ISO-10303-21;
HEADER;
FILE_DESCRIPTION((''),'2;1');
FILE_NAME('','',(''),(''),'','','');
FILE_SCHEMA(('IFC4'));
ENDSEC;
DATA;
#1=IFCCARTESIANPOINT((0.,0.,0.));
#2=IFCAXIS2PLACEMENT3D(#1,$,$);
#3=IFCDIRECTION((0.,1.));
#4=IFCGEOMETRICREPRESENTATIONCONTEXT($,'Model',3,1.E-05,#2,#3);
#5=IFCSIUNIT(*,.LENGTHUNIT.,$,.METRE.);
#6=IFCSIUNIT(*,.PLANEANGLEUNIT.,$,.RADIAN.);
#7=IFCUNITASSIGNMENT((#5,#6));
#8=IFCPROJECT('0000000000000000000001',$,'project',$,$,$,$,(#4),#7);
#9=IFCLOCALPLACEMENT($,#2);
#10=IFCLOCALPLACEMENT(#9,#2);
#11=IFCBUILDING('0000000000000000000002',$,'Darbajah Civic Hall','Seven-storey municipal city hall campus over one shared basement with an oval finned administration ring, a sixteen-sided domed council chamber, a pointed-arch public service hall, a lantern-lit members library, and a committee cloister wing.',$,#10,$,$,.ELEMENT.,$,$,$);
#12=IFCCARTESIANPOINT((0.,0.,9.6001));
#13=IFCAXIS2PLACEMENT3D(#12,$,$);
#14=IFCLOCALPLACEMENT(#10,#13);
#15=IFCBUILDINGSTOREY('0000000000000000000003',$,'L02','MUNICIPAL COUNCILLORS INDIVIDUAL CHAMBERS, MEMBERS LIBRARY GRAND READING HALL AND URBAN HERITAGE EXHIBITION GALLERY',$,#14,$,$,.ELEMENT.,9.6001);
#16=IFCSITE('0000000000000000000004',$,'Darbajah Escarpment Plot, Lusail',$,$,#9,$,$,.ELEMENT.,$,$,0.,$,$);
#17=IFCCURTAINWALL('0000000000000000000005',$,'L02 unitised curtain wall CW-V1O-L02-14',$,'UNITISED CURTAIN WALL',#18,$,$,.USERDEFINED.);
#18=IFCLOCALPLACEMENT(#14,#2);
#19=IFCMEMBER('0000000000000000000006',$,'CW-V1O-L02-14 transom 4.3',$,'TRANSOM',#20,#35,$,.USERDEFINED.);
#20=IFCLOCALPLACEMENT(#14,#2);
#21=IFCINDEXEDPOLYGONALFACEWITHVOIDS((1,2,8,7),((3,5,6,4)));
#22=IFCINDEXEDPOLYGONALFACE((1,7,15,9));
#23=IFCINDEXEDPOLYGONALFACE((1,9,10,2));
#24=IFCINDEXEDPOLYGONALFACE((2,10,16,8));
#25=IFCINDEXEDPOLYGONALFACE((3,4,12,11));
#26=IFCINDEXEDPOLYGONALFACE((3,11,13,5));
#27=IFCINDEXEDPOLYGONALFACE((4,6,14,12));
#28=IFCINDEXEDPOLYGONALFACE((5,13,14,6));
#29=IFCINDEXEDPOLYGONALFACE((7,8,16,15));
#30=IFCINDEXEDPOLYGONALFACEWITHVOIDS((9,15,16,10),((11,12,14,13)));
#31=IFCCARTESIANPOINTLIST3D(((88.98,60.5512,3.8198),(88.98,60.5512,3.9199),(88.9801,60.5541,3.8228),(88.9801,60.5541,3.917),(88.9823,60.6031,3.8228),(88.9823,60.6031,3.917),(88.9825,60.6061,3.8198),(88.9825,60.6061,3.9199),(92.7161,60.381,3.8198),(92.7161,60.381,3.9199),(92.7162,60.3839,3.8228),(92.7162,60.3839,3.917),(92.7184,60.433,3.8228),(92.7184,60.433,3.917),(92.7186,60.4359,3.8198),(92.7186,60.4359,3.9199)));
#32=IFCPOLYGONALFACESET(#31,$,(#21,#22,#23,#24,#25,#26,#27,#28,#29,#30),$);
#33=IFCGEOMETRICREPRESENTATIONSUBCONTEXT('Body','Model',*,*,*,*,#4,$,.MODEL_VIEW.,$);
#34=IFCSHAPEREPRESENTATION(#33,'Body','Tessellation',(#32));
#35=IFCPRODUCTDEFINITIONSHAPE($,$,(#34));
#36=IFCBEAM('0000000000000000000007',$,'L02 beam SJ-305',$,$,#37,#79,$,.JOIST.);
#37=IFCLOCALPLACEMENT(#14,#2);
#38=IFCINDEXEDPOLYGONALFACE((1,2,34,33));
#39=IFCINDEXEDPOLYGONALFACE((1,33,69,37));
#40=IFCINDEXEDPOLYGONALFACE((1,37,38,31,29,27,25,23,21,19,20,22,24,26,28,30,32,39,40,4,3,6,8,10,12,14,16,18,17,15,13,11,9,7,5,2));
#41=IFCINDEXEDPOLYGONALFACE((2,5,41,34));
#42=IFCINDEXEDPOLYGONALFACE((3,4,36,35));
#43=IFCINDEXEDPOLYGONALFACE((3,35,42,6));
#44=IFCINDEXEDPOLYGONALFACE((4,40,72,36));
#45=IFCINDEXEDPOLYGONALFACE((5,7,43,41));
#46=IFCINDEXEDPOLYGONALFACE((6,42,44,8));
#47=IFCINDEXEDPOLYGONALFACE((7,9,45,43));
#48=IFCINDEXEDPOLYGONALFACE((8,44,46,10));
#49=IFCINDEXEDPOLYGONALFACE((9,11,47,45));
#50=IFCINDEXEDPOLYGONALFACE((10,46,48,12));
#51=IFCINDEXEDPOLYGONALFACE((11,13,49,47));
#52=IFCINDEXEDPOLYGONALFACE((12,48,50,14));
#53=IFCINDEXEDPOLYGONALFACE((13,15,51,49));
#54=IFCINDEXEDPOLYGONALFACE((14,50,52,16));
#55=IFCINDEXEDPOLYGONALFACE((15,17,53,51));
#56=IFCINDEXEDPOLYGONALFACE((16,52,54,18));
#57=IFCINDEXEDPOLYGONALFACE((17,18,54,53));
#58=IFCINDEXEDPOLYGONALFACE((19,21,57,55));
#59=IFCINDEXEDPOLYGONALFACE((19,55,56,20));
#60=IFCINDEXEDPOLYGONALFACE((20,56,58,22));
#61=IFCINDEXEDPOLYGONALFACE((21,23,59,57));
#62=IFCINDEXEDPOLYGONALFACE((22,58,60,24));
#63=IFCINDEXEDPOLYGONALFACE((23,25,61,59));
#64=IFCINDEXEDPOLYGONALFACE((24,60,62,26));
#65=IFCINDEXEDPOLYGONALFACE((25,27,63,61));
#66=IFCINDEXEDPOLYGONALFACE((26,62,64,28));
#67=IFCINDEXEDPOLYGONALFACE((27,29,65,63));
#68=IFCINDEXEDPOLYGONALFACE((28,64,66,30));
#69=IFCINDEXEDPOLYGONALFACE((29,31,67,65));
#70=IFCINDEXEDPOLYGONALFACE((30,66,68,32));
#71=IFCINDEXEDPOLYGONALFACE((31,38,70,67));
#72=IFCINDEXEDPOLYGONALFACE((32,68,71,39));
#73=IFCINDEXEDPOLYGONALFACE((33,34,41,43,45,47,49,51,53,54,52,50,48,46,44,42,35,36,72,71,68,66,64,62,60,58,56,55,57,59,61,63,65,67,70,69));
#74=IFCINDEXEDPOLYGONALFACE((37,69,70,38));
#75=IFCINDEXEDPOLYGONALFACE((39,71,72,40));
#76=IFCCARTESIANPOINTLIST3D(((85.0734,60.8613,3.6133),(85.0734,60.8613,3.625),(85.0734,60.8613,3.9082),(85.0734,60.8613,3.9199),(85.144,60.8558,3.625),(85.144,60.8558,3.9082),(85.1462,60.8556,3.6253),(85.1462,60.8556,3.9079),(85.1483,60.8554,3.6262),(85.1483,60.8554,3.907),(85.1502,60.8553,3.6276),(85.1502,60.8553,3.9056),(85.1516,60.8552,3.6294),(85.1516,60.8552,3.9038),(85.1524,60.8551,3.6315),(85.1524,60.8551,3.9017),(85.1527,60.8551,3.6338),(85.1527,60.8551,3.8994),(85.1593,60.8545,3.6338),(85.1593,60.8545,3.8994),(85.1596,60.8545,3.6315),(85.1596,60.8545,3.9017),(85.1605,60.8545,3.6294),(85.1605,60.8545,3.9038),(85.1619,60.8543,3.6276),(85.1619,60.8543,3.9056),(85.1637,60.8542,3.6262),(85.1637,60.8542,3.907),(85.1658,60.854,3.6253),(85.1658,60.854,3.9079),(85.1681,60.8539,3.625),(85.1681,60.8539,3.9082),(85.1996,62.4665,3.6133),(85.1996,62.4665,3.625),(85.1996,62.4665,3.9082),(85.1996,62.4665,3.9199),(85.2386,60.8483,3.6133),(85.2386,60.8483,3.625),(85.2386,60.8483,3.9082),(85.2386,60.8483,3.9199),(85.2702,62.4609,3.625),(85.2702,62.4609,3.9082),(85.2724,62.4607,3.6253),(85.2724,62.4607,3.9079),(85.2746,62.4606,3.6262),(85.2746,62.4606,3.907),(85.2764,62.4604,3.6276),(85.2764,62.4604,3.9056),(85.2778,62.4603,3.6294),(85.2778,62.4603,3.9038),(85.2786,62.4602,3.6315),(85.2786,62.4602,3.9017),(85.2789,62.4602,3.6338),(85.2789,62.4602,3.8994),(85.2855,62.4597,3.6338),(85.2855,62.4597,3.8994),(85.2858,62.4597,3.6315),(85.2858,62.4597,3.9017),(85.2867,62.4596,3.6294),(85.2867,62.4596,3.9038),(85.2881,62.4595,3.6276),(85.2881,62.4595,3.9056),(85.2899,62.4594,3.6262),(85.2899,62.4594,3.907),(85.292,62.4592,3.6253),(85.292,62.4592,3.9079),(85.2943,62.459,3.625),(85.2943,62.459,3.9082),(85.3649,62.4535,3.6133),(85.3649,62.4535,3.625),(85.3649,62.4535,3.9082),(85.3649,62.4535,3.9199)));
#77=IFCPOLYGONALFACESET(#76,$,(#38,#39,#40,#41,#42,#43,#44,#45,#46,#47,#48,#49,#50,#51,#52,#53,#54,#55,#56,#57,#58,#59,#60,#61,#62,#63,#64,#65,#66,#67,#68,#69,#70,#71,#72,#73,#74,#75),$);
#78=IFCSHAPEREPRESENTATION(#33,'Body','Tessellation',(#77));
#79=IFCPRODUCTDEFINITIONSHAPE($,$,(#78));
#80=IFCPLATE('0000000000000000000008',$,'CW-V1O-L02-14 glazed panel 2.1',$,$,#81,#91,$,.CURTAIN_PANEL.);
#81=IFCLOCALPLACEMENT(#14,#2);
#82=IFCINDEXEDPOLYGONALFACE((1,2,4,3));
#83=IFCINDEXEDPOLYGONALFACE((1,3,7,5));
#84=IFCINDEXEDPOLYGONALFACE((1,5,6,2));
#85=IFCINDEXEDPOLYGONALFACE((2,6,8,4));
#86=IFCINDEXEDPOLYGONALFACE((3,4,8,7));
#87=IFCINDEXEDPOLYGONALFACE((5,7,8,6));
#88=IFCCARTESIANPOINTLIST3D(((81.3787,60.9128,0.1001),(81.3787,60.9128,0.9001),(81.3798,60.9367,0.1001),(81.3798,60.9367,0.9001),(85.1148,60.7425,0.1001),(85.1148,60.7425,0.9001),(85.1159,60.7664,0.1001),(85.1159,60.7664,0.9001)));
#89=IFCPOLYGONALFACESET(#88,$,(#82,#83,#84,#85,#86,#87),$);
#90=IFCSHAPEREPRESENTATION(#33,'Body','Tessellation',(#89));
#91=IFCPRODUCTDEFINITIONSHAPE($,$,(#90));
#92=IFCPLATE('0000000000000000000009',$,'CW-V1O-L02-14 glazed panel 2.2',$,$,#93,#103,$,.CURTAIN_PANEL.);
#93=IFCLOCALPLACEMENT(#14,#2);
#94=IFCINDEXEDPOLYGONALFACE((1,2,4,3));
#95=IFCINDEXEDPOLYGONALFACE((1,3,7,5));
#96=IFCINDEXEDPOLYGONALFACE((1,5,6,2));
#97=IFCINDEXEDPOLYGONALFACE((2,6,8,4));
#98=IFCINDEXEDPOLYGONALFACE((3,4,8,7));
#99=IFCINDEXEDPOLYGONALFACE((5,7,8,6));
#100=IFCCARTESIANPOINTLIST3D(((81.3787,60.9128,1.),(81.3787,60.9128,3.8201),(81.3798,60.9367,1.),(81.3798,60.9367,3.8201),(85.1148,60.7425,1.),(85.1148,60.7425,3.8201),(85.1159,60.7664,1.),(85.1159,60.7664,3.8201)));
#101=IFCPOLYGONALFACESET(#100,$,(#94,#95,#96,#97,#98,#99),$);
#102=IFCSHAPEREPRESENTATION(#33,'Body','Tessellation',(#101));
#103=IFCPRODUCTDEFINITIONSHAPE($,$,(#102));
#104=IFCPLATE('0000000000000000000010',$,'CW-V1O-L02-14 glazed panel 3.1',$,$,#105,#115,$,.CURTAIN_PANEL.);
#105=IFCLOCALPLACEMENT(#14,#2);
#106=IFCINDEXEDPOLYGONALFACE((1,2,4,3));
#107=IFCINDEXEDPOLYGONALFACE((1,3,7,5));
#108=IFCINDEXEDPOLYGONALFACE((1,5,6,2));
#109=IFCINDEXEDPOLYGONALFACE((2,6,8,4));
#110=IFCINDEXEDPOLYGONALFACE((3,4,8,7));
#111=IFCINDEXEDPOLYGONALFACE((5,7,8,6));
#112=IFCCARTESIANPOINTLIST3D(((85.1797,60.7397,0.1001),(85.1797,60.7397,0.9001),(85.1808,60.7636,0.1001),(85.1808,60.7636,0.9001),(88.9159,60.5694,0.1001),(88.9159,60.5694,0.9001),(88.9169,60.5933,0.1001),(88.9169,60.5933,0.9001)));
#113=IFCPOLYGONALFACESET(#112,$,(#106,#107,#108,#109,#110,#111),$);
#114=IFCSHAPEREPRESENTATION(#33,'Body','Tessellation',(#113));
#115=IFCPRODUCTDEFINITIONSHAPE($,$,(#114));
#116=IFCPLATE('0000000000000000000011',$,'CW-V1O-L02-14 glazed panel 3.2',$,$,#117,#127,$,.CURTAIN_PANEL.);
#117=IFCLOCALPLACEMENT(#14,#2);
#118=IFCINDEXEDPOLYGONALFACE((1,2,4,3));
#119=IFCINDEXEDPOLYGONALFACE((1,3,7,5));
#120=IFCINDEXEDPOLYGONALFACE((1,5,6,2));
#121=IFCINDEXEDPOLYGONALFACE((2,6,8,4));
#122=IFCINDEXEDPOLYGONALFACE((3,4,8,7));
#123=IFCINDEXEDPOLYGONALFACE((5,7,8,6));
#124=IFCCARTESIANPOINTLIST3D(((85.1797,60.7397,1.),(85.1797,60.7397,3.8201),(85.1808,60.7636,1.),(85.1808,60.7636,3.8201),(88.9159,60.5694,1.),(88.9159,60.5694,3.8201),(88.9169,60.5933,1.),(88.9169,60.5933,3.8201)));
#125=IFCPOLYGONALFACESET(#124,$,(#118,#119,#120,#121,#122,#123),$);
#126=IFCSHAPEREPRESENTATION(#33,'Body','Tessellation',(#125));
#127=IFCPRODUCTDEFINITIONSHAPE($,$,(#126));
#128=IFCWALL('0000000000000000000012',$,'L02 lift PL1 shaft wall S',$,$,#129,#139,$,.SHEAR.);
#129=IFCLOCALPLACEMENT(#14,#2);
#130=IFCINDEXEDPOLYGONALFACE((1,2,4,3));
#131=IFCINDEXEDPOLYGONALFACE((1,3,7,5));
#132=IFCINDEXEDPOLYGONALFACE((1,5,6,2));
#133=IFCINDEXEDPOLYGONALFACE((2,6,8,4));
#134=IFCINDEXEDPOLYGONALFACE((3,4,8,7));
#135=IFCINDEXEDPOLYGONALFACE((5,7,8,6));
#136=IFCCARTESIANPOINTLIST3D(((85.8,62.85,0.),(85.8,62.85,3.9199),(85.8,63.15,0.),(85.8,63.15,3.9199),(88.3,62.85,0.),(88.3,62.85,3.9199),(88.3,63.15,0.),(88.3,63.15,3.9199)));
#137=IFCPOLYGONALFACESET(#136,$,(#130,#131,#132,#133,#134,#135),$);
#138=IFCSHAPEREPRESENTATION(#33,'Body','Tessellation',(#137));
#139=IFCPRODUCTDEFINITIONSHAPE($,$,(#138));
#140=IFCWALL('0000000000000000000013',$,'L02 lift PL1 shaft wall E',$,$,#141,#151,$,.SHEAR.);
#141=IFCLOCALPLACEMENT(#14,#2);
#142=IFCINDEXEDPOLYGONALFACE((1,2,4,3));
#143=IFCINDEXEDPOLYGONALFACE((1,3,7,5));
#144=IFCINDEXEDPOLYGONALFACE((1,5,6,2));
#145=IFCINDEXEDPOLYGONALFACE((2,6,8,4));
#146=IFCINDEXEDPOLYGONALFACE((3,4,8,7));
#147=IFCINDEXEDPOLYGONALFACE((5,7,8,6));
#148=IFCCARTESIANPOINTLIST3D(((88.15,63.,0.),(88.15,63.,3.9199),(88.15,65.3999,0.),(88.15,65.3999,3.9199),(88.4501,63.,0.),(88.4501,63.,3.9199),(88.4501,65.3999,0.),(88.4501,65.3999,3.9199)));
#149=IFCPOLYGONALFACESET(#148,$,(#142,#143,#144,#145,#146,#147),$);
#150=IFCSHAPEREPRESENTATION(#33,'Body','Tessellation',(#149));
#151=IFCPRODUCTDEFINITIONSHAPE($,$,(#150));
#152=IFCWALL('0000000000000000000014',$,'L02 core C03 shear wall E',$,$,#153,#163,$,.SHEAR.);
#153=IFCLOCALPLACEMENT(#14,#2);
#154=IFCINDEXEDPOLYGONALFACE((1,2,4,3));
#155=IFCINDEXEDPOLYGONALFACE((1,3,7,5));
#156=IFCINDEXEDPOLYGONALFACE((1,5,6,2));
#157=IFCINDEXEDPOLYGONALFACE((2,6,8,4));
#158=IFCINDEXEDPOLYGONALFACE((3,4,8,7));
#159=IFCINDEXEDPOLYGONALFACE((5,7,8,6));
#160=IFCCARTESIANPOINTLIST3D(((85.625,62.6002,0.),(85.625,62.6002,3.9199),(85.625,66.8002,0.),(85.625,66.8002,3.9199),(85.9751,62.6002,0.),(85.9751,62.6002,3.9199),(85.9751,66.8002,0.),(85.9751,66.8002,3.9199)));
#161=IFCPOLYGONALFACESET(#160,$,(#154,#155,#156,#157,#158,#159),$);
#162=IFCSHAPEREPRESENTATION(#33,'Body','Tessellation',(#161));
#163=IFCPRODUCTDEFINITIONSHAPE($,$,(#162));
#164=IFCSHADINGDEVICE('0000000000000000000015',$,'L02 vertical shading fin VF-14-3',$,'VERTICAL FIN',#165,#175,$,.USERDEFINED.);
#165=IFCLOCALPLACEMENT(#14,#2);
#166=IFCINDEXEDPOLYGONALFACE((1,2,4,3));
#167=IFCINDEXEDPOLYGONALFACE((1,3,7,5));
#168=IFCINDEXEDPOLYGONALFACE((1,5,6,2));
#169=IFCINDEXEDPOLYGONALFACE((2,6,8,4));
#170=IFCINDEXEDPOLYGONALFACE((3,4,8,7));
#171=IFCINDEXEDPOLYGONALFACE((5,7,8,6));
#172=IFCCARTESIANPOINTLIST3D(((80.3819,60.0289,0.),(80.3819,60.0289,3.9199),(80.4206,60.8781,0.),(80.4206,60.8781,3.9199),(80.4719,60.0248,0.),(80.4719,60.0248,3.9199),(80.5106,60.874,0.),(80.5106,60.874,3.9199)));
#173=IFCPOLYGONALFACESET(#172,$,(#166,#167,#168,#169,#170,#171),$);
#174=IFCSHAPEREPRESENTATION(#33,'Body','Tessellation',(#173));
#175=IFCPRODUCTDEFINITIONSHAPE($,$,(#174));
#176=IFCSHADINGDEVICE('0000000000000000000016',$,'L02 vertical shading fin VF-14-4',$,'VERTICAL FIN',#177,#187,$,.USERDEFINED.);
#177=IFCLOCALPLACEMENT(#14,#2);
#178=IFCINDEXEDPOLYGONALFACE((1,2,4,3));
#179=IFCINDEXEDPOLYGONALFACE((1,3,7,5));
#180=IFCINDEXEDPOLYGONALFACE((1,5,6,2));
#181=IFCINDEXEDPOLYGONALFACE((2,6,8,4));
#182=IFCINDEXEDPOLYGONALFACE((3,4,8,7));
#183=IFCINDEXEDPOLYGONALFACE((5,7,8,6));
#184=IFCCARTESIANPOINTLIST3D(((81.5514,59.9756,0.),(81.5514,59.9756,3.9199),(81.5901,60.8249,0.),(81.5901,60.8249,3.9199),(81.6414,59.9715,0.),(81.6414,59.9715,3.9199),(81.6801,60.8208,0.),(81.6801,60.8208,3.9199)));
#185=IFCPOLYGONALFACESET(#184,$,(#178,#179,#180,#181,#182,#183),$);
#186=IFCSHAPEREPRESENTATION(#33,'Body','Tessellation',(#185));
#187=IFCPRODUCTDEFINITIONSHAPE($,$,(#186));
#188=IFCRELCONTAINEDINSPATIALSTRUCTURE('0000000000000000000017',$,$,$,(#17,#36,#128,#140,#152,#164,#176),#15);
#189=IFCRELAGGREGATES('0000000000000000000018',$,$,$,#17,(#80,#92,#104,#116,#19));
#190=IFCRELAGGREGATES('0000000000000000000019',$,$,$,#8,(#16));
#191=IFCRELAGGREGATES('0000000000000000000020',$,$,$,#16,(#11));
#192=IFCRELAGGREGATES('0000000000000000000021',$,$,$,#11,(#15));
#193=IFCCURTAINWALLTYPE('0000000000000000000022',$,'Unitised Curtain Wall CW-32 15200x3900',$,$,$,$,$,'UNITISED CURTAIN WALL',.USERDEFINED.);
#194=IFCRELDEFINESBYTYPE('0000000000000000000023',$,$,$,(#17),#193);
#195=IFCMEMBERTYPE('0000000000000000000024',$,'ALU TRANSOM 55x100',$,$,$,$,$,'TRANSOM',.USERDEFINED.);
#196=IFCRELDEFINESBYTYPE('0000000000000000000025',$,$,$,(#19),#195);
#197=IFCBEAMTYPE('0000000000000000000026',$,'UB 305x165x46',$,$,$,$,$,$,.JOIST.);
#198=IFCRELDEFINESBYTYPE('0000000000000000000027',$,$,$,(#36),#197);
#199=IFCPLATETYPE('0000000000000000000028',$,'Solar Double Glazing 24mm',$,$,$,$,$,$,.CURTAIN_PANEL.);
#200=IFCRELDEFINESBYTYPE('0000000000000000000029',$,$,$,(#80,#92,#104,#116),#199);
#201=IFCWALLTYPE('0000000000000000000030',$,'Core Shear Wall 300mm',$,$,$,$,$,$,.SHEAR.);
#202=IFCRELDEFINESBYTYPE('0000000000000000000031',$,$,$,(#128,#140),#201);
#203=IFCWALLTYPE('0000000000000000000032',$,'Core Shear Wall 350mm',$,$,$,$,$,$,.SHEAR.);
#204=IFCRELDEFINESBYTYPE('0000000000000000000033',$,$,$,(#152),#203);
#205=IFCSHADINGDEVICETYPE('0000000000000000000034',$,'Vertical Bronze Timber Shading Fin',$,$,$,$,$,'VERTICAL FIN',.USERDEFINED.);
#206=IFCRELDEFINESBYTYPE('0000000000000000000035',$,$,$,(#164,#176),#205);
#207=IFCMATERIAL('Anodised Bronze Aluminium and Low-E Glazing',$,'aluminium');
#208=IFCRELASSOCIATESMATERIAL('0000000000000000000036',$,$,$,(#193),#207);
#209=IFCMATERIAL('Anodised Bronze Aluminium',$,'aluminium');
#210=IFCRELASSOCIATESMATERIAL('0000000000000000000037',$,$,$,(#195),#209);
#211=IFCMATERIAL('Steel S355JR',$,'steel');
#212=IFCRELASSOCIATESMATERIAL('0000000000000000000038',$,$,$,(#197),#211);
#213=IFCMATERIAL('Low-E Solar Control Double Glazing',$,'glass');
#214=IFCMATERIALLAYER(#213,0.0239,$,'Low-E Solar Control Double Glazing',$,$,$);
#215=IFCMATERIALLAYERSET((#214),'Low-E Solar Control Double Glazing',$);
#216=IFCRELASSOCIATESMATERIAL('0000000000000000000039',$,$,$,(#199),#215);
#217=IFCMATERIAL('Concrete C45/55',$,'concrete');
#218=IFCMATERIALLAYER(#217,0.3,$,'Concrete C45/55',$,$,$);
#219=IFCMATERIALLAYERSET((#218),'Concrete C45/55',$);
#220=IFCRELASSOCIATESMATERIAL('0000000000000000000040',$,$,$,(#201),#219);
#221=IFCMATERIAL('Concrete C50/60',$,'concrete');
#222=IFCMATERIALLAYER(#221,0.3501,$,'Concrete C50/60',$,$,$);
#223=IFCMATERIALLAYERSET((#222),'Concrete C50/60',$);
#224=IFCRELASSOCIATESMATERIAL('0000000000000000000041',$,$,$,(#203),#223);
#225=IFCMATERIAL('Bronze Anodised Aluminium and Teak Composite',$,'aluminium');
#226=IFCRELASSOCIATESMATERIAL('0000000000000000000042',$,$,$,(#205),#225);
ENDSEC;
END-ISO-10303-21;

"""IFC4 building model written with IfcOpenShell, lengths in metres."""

from ifc_helpers import new_model, si_unit, direction, frame, frame_2d, origin, origin_2d, place, context, subcontext, project, spatial, rectangle, hollow_rectangle, i_section, extrude, material, layer, layer_set, material_profile, profile_set, type_object, element, aggregate, save


model = new_model("IFC4")

# Units and contexts
model_context = context("Model", 3, precision=1e-05, world=origin(), true_north=direction((0.0, 1.0)))
body_context = subcontext(model_context, "Body", "Model", "MODEL_VIEW")
ifc_project = project(units=[si_unit("LENGTHUNIT", "METRE"), si_unit("PLANEANGLEUNIT", "RADIAN")], contexts=[model_context])

# Site, building, storey
site_placement = place(None, origin())
site = spatial("IfcSite", under=ifc_project, at=site_placement, Name="Darbajah Escarpment Plot, Lusail", CompositionType="ELEMENT", RefElevation=0.0)
building_placement = place(site_placement, origin())
building = spatial("IfcBuilding", under=site, at=building_placement, Name="Darbajah Civic Hall", Description="Seven-storey municipal city hall campus over one shared basement with an oval finned administration ring, a sixteen-sided domed council chamber, a pointed-arch public service hall, a lantern-lit members library, and a committee cloister wing.", CompositionType="ELEMENT")
storey_placement = place(building_placement, frame((0.0, 0.0, 9.6001)))
storey = spatial("IfcBuildingStorey", under=building, at=storey_placement, Name="L02", Description="MUNICIPAL COUNCILLORS INDIVIDUAL CHAMBERS, MEMBERS LIBRARY GRAND READING HALL AND URBAN HERITAGE EXHIBITION GALLERY", CompositionType="ELEMENT", Elevation=9.6001)

# Curtain wall, member
ifc_material_1 = material(Name="Anodised Bronze Aluminium and Low-E Glazing", Category="aluminium")
curtain_wall_type = type_object("IfcCurtainWallType", Name="Unitised Curtain Wall CW-32 15200x3900", ElementType="UNITISED CURTAIN WALL", PredefinedType="USERDEFINED", material=ifc_material_1)
curtain_wall_placement = place(storey_placement, origin())
curtain_wall = element("IfcCurtainWall", 1, at=curtain_wall_placement, inside=storey, type_object=curtain_wall_type, Name="L02 unitised curtain wall CW-V1O-L02-14", ObjectType="UNITISED CURTAIN WALL", PredefinedType="USERDEFINED")
ifc_material_2 = material(Name="Anodised Bronze Aluminium", Category="aluminium")
ifc_material_profile_1 = material_profile(ifc_material_2, hollow_rectangle(XDim=0.0549, YDim=0.1001, WallThickness=0.0029, at=origin_2d()), Name="ALU TRANSOM 55x100")
ifc_profile_set_1 = profile_set([ifc_material_profile_1], Name="Anodised Bronze Aluminium")
member_type_1 = type_object("IfcMemberType", Name="ALU TRANSOM 55x100", ElementType="TRANSOM", PredefinedType="USERDEFINED", material=ifc_profile_set_1)
member_1_placement = place(storey_placement, frame((88.9812, 60.5786, 3.8699), z_axis=(0.998964, -0.045499, 0.0), x_axis=(0.045499, 0.998964, 0.0)))
member_1 = element("IfcMember", 2, at=member_1_placement, type_object=member_type_1, Name="CW-V1O-L02-14 transom 4.3", ObjectType="TRANSOM", PredefinedType="USERDEFINED", context=body_context, shape_type="SweptSolid", body=[
    extrude(hollow_rectangle(XDim=0.0549, YDim=0.1001, WallThickness=0.0029, at=origin_2d()), origin(), (0.0, 0.0, 1.0), 3.74),
])

# Beam
ifc_material_3 = material(Name="Steel S355JR", Category="steel")
ifc_material_profile_2 = material_profile(ifc_material_3, i_section(OverallWidth=0.1658, OverallDepth=0.3066, WebThickness=0.0066, FlangeThickness=0.0117, FilletRadius=0.0088, at=origin_2d()), Name="UB 305x165x46")
ifc_profile_set_2 = profile_set([ifc_material_profile_2], Name="Steel S355JR")
beam_type = type_object("IfcBeamType", Name="UB 305x165x46", PredefinedType="JOIST", material=ifc_profile_set_2)
beam_placement = place(storey_placement, frame((85.2822, 62.46, 3.7666), z_axis=(-0.078389, -0.996923, 0.0), x_axis=(0.996923, -0.078389, 0.0)))
element("IfcBeam", 3, at=beam_placement, inside=storey, type_object=beam_type, Name="L02 beam SJ-305", PredefinedType="JOIST", context=body_context, shape_type="SweptSolid", body=[
    extrude(i_section(OverallWidth=0.1658, OverallDepth=0.3066, WebThickness=0.0066, FlangeThickness=0.0117, FilletRadius=0.0088, at=origin_2d()), origin(), (0.0, 0.0, 1.0), 1.6101),
])

# Plates
ifc_material_4 = material(Name="Low-E Solar Control Double Glazing", Category="glass")
ifc_layer_1 = layer(ifc_material_4, 0.0239, Name="Low-E Solar Control Double Glazing")
ifc_layer_set_1 = layer_set([ifc_layer_1], Name="Low-E Solar Control Double Glazing")
plate_type = type_object("IfcPlateType", Name="Solar Double Glazing 24mm", PredefinedType="CURTAIN_PANEL", material=ifc_layer_set_1)
plate_1_placement = place(storey_placement, frame((83.2473, 60.8396, 0.1001), z_axis=(0.0, 0.0, 1.0), x_axis=(0.998963, -0.045537, 0.0)))
plate_1 = element("IfcPlate", 4, at=plate_1_placement, type_object=plate_type, Name="CW-V1O-L02-14 glazed panel 2.1", PredefinedType="CURTAIN_PANEL", context=body_context, shape_type="SweptSolid", body=[
    extrude(rectangle(XDim=3.74, YDim=0.0239, at=origin_2d()), origin(), (0.0, 0.0, 1.0), 0.8),
])
plate_2_placement = place(storey_placement, frame((83.2473, 60.8396, 1.0), z_axis=(0.0, 0.0, 1.0), x_axis=(0.998963, -0.045537, 0.0)))
plate_2 = element("IfcPlate", 5, at=plate_2_placement, type_object=plate_type, Name="CW-V1O-L02-14 glazed panel 2.2", PredefinedType="CURTAIN_PANEL", context=body_context, shape_type="SweptSolid", body=[
    extrude(rectangle(XDim=3.74, YDim=0.0239, at=origin_2d()), origin(), (0.0, 0.0, 1.0), 2.8201),
])
plate_3_placement = place(storey_placement, frame((87.0483, 60.6665, 0.1001), z_axis=(0.0, 0.0, 1.0), x_axis=(0.998963, -0.045537, 0.0)))
plate_3 = element("IfcPlate", 6, at=plate_3_placement, type_object=plate_type, Name="CW-V1O-L02-14 glazed panel 3.1", PredefinedType="CURTAIN_PANEL", context=body_context, shape_type="SweptSolid", body=[
    extrude(rectangle(XDim=3.74, YDim=0.0239, at=origin_2d()), origin(), (0.0, 0.0, 1.0), 0.8),
])
plate_4_placement = place(storey_placement, frame((87.0483, 60.6665, 1.0), z_axis=(0.0, 0.0, 1.0), x_axis=(0.998963, -0.045537, 0.0)))
plate_4 = element("IfcPlate", 7, at=plate_4_placement, type_object=plate_type, Name="CW-V1O-L02-14 glazed panel 3.2", PredefinedType="CURTAIN_PANEL", context=body_context, shape_type="SweptSolid", body=[
    extrude(rectangle(XDim=3.74, YDim=0.0239, at=origin_2d()), origin(), (0.0, 0.0, 1.0), 2.8201),
])
aggregate(curtain_wall, [plate_1, plate_2, plate_3, plate_4, member_1])

# Walls
ifc_material_5 = material(Name="Concrete C45/55", Category="concrete")
ifc_layer_2 = layer(ifc_material_5, 0.3, Name="Concrete C45/55")
ifc_layer_set_2 = layer_set([ifc_layer_2], Name="Concrete C45/55")
wall_type_1 = type_object("IfcWallType", Name="Core Shear Wall 300mm", PredefinedType="SHEAR", material=ifc_layer_set_2)
wall_1_placement = place(storey_placement, frame((85.8, 63.0, 0.0), z_axis=(0.0, 0.0, 1.0), x_axis=(1.0, 0.0, 0.0)))
element("IfcWall", 8, at=wall_1_placement, inside=storey, type_object=wall_type_1, Name="L02 lift PL1 shaft wall S", PredefinedType="SHEAR", context=body_context, shape_type="SweptSolid", body=[
    extrude(rectangle(XDim=2.5, YDim=0.3, at=frame_2d((1.25, 0.0))), origin(), (0.0, 0.0, 1.0), 3.9199),
])
wall_2_placement = place(storey_placement, frame((88.3, 63.0, 0.0), z_axis=(0.0, 0.0, 1.0), x_axis=(0.0, 1.0, 0.0)))
element("IfcWall", 9, at=wall_2_placement, inside=storey, type_object=wall_type_1, Name="L02 lift PL1 shaft wall E", PredefinedType="SHEAR", context=body_context, shape_type="SweptSolid", body=[
    extrude(rectangle(XDim=2.3999, YDim=0.3, at=frame_2d((1.2, 0.0))), origin(), (0.0, 0.0, 1.0), 3.9199),
])
ifc_material_6 = material(Name="Concrete C50/60", Category="concrete")
ifc_layer_3 = layer(ifc_material_6, 0.3501, Name="Concrete C50/60")
ifc_layer_set_3 = layer_set([ifc_layer_3], Name="Concrete C50/60")
wall_type_2 = type_object("IfcWallType", Name="Core Shear Wall 350mm", PredefinedType="SHEAR", material=ifc_layer_set_3)
wall_3_placement = place(storey_placement, frame((85.8, 62.6001, 0.0), z_axis=(0.0, 0.0, 1.0), x_axis=(0.0, 1.0, 0.0)))
element("IfcWall", 10, at=wall_3_placement, inside=storey, type_object=wall_type_2, Name="L02 core C03 shear wall E", PredefinedType="SHEAR", context=body_context, shape_type="SweptSolid", body=[
    extrude(rectangle(XDim=4.2, YDim=0.3501, at=frame_2d((2.1001, 0.0))), origin(), (0.0, 0.0, 1.0), 3.9199),
])

# Shading devices
ifc_material_7 = material(Name="Bronze Anodised Aluminium and Teak Composite", Category="aluminium")
shading_device_type = type_object("IfcShadingDeviceType", Name="Vertical Bronze Timber Shading Fin", ElementType="VERTICAL FIN", PredefinedType="USERDEFINED", material=ifc_material_7)
for number, where, z_axis, x_axis, name in (
    (11, (80.4463, 60.4514, 0.0), (0.0, 0.0, 1.0), (-0.045537, -0.998963, 0.0), "L02 vertical shading fin VF-14-3"),
    (12, (81.6157, 60.3982, 0.0), (0.0, 0.0, 1.0), (-0.045537, -0.998963, 0.0), "L02 vertical shading fin VF-14-4"),
):
    element("IfcShadingDevice", number, at=place(storey_placement, frame(where, z_axis=z_axis, x_axis=x_axis)), inside=storey, type_object=shading_device_type, Name=name, ObjectType="VERTICAL FIN", PredefinedType="USERDEFINED", context=body_context, shape_type="SweptSolid", body=[
        extrude(rectangle(XDim=0.8501, YDim=0.0901, at=origin_2d()), origin(), (0.0, 0.0, 1.0), 3.9199),
    ])

save(model, "model.ifc")
